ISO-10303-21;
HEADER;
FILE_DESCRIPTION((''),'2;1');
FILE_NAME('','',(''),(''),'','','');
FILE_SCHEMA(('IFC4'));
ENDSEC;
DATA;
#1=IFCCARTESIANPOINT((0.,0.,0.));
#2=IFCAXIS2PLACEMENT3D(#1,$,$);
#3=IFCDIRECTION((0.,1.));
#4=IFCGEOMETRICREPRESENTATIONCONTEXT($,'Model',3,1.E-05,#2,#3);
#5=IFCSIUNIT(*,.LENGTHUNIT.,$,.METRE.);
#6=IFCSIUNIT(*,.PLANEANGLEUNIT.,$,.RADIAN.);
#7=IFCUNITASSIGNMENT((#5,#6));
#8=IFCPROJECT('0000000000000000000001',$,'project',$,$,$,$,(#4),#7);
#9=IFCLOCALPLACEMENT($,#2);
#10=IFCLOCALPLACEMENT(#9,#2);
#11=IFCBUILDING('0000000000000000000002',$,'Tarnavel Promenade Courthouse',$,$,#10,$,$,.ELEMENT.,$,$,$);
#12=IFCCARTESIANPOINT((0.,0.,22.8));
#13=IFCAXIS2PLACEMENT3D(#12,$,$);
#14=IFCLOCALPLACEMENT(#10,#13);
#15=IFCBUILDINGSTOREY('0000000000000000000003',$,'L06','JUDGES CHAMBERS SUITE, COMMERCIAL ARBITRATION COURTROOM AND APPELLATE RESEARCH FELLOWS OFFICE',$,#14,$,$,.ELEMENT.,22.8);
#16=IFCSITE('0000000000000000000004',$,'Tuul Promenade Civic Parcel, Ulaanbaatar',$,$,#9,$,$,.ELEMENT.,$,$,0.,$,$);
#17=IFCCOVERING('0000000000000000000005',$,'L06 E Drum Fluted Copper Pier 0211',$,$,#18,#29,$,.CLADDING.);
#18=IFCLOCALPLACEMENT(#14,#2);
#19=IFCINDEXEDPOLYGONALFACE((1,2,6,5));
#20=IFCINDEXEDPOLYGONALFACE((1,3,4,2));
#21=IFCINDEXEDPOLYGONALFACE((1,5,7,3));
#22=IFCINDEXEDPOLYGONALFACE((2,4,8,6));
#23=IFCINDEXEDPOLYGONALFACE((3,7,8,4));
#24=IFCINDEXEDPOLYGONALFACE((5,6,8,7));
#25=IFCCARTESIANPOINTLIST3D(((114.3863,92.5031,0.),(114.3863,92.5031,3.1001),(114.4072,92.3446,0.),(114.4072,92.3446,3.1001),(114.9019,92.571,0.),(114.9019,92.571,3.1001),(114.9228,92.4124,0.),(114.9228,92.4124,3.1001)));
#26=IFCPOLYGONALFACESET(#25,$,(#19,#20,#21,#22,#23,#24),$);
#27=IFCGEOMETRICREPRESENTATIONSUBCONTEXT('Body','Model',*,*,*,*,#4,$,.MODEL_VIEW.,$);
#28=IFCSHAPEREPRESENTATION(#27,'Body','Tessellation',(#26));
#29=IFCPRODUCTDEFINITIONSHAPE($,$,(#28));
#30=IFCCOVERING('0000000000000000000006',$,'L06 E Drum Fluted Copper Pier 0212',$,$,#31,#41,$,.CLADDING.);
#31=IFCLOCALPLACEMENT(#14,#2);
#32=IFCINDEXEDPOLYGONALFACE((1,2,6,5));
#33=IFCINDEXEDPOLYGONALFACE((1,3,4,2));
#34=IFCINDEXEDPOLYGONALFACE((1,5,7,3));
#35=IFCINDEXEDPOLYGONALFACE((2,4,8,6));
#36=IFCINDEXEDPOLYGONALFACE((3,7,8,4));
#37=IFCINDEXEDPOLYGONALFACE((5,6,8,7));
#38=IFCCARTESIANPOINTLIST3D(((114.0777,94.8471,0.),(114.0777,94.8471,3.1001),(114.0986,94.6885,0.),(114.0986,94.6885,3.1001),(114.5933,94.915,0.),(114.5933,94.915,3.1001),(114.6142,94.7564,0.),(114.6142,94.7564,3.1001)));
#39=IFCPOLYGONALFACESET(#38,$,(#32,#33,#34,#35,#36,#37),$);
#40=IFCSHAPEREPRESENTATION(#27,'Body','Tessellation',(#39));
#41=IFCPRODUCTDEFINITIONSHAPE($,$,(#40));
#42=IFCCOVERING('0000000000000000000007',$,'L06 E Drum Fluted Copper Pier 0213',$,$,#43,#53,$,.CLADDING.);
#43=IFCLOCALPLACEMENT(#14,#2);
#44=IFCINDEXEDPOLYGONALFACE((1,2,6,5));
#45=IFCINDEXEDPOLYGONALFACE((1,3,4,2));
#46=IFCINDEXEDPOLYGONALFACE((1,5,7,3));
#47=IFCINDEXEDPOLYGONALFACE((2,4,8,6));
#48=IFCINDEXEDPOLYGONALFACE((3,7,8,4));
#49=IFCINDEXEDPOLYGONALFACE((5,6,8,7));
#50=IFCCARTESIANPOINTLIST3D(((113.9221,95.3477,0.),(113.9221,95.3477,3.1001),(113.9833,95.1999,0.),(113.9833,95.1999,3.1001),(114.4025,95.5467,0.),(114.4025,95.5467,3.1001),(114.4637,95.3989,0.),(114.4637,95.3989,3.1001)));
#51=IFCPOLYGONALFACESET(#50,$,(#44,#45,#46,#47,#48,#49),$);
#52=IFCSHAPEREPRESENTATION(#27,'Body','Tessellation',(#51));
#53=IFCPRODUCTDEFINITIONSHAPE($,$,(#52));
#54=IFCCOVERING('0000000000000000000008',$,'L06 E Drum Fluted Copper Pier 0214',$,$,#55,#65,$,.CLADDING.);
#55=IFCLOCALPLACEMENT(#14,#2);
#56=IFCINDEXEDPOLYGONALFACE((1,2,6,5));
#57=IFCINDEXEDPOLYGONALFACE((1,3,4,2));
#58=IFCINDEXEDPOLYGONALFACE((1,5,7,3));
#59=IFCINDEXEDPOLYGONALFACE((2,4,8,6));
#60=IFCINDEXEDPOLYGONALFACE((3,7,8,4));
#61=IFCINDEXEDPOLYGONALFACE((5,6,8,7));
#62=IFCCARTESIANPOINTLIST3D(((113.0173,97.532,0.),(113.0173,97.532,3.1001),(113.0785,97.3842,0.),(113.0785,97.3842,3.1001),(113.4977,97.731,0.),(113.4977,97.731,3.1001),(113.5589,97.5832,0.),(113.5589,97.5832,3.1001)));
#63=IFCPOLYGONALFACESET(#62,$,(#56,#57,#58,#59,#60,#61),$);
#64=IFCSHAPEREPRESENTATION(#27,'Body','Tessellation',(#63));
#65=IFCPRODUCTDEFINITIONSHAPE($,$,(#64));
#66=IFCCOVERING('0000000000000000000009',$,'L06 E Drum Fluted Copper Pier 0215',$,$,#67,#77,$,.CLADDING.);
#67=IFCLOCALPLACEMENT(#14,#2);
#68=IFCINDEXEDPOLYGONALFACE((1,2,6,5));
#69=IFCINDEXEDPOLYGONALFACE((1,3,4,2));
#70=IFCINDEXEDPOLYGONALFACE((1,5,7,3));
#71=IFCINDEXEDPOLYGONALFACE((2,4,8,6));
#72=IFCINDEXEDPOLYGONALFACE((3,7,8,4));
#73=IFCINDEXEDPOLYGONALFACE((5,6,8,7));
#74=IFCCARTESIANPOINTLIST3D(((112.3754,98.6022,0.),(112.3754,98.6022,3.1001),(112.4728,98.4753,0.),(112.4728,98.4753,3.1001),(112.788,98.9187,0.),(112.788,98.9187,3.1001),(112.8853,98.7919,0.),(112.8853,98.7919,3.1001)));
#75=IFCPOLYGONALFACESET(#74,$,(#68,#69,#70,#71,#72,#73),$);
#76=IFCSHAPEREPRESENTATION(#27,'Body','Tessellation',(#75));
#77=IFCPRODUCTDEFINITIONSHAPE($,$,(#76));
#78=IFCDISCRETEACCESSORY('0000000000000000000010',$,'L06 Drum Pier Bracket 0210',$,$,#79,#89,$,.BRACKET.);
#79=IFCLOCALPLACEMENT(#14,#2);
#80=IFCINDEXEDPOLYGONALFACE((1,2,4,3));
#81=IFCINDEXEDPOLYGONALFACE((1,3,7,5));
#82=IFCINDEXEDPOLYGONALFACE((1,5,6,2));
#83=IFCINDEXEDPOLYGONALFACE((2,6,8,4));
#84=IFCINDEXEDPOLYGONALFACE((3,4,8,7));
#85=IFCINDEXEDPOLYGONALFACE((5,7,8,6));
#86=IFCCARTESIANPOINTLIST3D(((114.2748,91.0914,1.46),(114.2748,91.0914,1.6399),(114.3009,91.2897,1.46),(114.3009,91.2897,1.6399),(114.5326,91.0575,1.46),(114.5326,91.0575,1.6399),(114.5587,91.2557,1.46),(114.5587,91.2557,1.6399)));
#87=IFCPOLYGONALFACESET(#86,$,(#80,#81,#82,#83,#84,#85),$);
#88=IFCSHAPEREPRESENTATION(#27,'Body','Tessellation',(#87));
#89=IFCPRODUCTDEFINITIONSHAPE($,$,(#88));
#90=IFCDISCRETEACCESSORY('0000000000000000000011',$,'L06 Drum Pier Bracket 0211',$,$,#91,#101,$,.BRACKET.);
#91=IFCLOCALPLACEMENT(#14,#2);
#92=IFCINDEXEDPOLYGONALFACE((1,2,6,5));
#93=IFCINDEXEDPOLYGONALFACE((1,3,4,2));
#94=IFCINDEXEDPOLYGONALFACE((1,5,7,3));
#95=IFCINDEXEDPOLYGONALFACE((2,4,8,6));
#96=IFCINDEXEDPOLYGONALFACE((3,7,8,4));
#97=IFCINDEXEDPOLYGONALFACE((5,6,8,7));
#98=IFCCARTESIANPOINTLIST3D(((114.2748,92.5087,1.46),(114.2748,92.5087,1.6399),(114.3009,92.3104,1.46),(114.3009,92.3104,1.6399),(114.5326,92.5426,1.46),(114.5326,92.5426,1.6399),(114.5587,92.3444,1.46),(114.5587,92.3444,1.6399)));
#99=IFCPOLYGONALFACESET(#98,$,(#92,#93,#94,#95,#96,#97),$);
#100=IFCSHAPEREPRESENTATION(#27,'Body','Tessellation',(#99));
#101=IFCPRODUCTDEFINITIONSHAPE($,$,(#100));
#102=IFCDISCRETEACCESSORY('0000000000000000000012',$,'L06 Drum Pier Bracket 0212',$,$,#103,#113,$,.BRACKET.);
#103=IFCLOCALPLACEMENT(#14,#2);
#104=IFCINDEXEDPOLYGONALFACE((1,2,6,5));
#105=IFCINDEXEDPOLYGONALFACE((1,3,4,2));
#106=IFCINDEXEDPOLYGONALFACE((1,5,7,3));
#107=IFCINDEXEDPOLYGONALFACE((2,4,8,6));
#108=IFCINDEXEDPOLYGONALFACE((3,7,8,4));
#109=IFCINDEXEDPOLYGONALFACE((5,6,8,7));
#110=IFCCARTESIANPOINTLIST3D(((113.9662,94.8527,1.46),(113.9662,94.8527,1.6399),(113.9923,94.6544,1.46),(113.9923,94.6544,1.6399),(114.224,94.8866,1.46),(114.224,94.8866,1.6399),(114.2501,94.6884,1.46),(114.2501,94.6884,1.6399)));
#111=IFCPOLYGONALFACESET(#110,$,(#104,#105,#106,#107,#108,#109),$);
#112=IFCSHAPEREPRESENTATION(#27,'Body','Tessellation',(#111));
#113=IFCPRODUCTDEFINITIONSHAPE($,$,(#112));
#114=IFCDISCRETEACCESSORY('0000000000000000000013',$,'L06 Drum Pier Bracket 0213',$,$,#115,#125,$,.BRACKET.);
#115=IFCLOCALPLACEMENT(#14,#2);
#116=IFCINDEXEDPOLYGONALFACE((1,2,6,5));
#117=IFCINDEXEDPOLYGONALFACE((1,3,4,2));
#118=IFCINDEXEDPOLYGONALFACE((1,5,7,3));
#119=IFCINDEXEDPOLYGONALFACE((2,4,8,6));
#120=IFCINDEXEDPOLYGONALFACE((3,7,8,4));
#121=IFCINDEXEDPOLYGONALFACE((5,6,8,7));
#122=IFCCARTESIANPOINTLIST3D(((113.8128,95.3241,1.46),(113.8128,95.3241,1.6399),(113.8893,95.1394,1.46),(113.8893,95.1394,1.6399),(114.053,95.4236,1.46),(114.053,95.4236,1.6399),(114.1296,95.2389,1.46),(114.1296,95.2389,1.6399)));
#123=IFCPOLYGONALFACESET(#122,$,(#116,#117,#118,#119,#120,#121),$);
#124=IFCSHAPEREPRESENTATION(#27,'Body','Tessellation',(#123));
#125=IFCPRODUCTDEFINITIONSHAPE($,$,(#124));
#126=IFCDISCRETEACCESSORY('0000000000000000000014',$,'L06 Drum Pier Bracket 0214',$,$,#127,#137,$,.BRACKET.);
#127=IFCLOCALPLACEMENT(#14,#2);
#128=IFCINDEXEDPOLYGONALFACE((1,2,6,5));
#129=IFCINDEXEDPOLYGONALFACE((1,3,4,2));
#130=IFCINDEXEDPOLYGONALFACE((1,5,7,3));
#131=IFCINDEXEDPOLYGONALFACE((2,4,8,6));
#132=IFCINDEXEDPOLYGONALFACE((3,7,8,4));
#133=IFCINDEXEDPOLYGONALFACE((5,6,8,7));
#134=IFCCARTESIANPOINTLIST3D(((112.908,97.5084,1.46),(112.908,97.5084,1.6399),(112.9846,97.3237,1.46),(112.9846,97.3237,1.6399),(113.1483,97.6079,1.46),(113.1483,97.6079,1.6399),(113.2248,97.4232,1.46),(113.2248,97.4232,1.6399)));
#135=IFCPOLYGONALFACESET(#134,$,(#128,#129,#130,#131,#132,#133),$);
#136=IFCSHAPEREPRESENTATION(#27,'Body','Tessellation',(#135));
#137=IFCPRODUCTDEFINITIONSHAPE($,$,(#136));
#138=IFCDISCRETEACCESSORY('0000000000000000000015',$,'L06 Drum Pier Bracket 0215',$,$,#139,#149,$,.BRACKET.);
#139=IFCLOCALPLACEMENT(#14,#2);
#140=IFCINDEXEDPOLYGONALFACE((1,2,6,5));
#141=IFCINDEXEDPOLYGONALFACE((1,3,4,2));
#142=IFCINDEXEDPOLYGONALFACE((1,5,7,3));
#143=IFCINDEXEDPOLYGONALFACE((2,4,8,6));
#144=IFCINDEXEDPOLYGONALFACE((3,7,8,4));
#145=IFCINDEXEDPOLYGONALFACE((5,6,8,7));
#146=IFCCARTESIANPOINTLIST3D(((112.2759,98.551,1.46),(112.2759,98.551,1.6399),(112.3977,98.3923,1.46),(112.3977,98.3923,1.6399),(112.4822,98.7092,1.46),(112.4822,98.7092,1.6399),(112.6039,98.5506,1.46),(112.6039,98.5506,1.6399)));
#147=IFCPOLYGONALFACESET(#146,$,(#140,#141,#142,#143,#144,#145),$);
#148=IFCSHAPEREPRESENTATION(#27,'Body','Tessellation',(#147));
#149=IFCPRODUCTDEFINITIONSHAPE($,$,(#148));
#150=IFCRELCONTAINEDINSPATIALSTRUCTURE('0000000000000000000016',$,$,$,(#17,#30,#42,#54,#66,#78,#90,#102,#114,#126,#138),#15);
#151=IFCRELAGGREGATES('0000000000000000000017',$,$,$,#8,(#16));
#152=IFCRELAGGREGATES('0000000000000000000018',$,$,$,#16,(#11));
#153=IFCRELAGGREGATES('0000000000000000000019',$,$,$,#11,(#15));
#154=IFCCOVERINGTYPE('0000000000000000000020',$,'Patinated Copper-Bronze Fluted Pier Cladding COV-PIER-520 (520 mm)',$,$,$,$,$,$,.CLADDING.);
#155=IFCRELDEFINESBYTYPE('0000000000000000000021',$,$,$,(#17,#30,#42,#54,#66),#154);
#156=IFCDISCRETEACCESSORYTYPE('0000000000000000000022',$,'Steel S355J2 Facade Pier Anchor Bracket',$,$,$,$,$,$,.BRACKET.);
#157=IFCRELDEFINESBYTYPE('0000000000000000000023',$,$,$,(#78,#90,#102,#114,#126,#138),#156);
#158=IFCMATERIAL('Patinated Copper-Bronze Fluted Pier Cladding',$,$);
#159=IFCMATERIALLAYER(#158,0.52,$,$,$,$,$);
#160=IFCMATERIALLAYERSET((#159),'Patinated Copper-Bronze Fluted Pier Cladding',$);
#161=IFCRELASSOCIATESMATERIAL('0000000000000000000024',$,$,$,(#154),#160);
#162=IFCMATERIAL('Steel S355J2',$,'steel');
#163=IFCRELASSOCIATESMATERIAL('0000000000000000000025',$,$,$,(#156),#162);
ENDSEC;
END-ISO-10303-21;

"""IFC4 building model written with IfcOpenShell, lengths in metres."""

from ifc_helpers import new_model, si_unit, direction, frame, origin, origin_2d, place, context, subcontext, project, spatial, rectangle, extrude, material, layer, layer_set, type_object, element, save


model = new_model("IFC4")

# Units and contexts
model_context = context("Model", 3, precision=1e-05, world=origin(), true_north=direction((0.0, 1.0)))
body_context = subcontext(model_context, "Body", "Model", "MODEL_VIEW")
ifc_project = project(units=[si_unit("LENGTHUNIT", "METRE"), si_unit("PLANEANGLEUNIT", "RADIAN")], contexts=[model_context])

# Site, building, storey
site_placement = place(None, origin())
site = spatial("IfcSite", under=ifc_project, at=site_placement, Name="Tuul Promenade Civic Parcel, Ulaanbaatar", CompositionType="ELEMENT", RefElevation=0.0)
building_placement = place(site_placement, origin())
building = spatial("IfcBuilding", under=site, at=building_placement, Name="Tarnavel Promenade Courthouse", CompositionType="ELEMENT")
storey_placement = place(building_placement, frame((0.0, 0.0, 22.8)))
storey = spatial("IfcBuildingStorey", under=building, at=storey_placement, Name="L06", Description="JUDGES CHAMBERS SUITE, COMMERCIAL ARBITRATION COURTROOM AND APPELLATE RESEARCH FELLOWS OFFICE", CompositionType="ELEMENT", Elevation=22.8)

# Shared definitions
ifc_material_1 = material(Name="Steel S355J2", Category="steel")

# Coverings
ifc_material_2 = material(Name="Patinated Copper-Bronze Fluted Pier Cladding")
ifc_layer_1 = layer(ifc_material_2, 0.52)
ifc_layer_set_1 = layer_set([ifc_layer_1], Name="Patinated Copper-Bronze Fluted Pier Cladding")
covering_type = type_object("IfcCoveringType", Name="Patinated Copper-Bronze Fluted Pier Cladding COV-PIER-520 (520 mm)", PredefinedType="CLADDING", material=ifc_layer_set_1)
for number, where, z_axis, x_axis, name in (
    (1, (114.6545, 92.4578, 0.0), (0.0, 0.0, 1.0), (-0.130526, 0.991445, 0.0), "L06 E Drum Fluted Copper Pier 0211"),
    (2, (114.3459, 94.8018, 0.0), (0.0, 0.0, 1.0), (-0.130526, 0.991445, 0.0), "L06 E Drum Fluted Copper Pier 0212"),
    (3, (114.1929, 95.3733, 0.0), (0.0, 0.0, 1.0), (-0.382683, 0.92388, 0.0), "L06 E Drum Fluted Copper Pier 0213"),
    (4, (113.2881, 97.5576, 0.0), (0.0, 0.0, 1.0), (-0.382683, 0.92388, 0.0), "L06 E Drum Fluted Copper Pier 0214"),
    (5, (112.6304, 98.697, 0.0), (0.0, 0.0, 1.0), (-0.608761, 0.793353, 0.0), "L06 E Drum Fluted Copper Pier 0215"),
):
    element("IfcCovering", number, at=place(storey_placement, frame(where, z_axis=z_axis, x_axis=x_axis)), inside=storey, type_object=covering_type, Name=name, PredefinedType="CLADDING", context=body_context, shape_type="SweptSolid", body=[
        extrude(rectangle(XDim=0.1599, YDim=0.52, at=origin_2d()), origin(), (0.0, 0.0, 1.0), 3.1001),
    ])

# Discrete accessories
discrete_accessory_type = type_object("IfcDiscreteAccessoryType", Name="Steel S355J2 Facade Pier Anchor Bracket", PredefinedType="BRACKET", material=ifc_material_1)
for number, where, z_axis, x_axis, name in (
    (6, (114.4167, 91.1736, 1.46), (0.0, 0.0, 1.0), (0.130526, 0.991445, 0.0), "L06 Drum Pier Bracket 0210"),
    (7, (114.4167, 92.4265, 1.46), (0.0, 0.0, 1.0), (-0.130526, 0.991445, 0.0), "L06 Drum Pier Bracket 0211"),
    (8, (114.1082, 94.7705, 1.46), (0.0, 0.0, 1.0), (-0.130526, 0.991445, 0.0), "L06 Drum Pier Bracket 0212"),
    (9, (113.9712, 95.2815, 1.46), (0.0, 0.0, 1.0), (-0.382683, 0.92388, 0.0), "L06 Drum Pier Bracket 0213"),
    (10, (113.0664, 97.4658, 1.46), (0.0, 0.0, 1.0), (-0.382683, 0.92388, 0.0), "L06 Drum Pier Bracket 0214"),
    (11, (112.4399, 98.5508, 1.46), (0.0, 0.0, 1.0), (-0.608761, 0.793353, 0.0), "L06 Drum Pier Bracket 0215"),
):
    element("IfcDiscreteAccessory", number, at=place(storey_placement, frame(where, z_axis=z_axis, x_axis=x_axis)), inside=storey, type_object=discrete_accessory_type, Name=name, PredefinedType="BRACKET", context=body_context, shape_type="SweptSolid", body=[
        extrude(rectangle(XDim=0.2, YDim=0.26, at=origin_2d()), origin(), (0.0, 0.0, 1.0), 0.1799),
    ])

save(model, "model.ifc")
